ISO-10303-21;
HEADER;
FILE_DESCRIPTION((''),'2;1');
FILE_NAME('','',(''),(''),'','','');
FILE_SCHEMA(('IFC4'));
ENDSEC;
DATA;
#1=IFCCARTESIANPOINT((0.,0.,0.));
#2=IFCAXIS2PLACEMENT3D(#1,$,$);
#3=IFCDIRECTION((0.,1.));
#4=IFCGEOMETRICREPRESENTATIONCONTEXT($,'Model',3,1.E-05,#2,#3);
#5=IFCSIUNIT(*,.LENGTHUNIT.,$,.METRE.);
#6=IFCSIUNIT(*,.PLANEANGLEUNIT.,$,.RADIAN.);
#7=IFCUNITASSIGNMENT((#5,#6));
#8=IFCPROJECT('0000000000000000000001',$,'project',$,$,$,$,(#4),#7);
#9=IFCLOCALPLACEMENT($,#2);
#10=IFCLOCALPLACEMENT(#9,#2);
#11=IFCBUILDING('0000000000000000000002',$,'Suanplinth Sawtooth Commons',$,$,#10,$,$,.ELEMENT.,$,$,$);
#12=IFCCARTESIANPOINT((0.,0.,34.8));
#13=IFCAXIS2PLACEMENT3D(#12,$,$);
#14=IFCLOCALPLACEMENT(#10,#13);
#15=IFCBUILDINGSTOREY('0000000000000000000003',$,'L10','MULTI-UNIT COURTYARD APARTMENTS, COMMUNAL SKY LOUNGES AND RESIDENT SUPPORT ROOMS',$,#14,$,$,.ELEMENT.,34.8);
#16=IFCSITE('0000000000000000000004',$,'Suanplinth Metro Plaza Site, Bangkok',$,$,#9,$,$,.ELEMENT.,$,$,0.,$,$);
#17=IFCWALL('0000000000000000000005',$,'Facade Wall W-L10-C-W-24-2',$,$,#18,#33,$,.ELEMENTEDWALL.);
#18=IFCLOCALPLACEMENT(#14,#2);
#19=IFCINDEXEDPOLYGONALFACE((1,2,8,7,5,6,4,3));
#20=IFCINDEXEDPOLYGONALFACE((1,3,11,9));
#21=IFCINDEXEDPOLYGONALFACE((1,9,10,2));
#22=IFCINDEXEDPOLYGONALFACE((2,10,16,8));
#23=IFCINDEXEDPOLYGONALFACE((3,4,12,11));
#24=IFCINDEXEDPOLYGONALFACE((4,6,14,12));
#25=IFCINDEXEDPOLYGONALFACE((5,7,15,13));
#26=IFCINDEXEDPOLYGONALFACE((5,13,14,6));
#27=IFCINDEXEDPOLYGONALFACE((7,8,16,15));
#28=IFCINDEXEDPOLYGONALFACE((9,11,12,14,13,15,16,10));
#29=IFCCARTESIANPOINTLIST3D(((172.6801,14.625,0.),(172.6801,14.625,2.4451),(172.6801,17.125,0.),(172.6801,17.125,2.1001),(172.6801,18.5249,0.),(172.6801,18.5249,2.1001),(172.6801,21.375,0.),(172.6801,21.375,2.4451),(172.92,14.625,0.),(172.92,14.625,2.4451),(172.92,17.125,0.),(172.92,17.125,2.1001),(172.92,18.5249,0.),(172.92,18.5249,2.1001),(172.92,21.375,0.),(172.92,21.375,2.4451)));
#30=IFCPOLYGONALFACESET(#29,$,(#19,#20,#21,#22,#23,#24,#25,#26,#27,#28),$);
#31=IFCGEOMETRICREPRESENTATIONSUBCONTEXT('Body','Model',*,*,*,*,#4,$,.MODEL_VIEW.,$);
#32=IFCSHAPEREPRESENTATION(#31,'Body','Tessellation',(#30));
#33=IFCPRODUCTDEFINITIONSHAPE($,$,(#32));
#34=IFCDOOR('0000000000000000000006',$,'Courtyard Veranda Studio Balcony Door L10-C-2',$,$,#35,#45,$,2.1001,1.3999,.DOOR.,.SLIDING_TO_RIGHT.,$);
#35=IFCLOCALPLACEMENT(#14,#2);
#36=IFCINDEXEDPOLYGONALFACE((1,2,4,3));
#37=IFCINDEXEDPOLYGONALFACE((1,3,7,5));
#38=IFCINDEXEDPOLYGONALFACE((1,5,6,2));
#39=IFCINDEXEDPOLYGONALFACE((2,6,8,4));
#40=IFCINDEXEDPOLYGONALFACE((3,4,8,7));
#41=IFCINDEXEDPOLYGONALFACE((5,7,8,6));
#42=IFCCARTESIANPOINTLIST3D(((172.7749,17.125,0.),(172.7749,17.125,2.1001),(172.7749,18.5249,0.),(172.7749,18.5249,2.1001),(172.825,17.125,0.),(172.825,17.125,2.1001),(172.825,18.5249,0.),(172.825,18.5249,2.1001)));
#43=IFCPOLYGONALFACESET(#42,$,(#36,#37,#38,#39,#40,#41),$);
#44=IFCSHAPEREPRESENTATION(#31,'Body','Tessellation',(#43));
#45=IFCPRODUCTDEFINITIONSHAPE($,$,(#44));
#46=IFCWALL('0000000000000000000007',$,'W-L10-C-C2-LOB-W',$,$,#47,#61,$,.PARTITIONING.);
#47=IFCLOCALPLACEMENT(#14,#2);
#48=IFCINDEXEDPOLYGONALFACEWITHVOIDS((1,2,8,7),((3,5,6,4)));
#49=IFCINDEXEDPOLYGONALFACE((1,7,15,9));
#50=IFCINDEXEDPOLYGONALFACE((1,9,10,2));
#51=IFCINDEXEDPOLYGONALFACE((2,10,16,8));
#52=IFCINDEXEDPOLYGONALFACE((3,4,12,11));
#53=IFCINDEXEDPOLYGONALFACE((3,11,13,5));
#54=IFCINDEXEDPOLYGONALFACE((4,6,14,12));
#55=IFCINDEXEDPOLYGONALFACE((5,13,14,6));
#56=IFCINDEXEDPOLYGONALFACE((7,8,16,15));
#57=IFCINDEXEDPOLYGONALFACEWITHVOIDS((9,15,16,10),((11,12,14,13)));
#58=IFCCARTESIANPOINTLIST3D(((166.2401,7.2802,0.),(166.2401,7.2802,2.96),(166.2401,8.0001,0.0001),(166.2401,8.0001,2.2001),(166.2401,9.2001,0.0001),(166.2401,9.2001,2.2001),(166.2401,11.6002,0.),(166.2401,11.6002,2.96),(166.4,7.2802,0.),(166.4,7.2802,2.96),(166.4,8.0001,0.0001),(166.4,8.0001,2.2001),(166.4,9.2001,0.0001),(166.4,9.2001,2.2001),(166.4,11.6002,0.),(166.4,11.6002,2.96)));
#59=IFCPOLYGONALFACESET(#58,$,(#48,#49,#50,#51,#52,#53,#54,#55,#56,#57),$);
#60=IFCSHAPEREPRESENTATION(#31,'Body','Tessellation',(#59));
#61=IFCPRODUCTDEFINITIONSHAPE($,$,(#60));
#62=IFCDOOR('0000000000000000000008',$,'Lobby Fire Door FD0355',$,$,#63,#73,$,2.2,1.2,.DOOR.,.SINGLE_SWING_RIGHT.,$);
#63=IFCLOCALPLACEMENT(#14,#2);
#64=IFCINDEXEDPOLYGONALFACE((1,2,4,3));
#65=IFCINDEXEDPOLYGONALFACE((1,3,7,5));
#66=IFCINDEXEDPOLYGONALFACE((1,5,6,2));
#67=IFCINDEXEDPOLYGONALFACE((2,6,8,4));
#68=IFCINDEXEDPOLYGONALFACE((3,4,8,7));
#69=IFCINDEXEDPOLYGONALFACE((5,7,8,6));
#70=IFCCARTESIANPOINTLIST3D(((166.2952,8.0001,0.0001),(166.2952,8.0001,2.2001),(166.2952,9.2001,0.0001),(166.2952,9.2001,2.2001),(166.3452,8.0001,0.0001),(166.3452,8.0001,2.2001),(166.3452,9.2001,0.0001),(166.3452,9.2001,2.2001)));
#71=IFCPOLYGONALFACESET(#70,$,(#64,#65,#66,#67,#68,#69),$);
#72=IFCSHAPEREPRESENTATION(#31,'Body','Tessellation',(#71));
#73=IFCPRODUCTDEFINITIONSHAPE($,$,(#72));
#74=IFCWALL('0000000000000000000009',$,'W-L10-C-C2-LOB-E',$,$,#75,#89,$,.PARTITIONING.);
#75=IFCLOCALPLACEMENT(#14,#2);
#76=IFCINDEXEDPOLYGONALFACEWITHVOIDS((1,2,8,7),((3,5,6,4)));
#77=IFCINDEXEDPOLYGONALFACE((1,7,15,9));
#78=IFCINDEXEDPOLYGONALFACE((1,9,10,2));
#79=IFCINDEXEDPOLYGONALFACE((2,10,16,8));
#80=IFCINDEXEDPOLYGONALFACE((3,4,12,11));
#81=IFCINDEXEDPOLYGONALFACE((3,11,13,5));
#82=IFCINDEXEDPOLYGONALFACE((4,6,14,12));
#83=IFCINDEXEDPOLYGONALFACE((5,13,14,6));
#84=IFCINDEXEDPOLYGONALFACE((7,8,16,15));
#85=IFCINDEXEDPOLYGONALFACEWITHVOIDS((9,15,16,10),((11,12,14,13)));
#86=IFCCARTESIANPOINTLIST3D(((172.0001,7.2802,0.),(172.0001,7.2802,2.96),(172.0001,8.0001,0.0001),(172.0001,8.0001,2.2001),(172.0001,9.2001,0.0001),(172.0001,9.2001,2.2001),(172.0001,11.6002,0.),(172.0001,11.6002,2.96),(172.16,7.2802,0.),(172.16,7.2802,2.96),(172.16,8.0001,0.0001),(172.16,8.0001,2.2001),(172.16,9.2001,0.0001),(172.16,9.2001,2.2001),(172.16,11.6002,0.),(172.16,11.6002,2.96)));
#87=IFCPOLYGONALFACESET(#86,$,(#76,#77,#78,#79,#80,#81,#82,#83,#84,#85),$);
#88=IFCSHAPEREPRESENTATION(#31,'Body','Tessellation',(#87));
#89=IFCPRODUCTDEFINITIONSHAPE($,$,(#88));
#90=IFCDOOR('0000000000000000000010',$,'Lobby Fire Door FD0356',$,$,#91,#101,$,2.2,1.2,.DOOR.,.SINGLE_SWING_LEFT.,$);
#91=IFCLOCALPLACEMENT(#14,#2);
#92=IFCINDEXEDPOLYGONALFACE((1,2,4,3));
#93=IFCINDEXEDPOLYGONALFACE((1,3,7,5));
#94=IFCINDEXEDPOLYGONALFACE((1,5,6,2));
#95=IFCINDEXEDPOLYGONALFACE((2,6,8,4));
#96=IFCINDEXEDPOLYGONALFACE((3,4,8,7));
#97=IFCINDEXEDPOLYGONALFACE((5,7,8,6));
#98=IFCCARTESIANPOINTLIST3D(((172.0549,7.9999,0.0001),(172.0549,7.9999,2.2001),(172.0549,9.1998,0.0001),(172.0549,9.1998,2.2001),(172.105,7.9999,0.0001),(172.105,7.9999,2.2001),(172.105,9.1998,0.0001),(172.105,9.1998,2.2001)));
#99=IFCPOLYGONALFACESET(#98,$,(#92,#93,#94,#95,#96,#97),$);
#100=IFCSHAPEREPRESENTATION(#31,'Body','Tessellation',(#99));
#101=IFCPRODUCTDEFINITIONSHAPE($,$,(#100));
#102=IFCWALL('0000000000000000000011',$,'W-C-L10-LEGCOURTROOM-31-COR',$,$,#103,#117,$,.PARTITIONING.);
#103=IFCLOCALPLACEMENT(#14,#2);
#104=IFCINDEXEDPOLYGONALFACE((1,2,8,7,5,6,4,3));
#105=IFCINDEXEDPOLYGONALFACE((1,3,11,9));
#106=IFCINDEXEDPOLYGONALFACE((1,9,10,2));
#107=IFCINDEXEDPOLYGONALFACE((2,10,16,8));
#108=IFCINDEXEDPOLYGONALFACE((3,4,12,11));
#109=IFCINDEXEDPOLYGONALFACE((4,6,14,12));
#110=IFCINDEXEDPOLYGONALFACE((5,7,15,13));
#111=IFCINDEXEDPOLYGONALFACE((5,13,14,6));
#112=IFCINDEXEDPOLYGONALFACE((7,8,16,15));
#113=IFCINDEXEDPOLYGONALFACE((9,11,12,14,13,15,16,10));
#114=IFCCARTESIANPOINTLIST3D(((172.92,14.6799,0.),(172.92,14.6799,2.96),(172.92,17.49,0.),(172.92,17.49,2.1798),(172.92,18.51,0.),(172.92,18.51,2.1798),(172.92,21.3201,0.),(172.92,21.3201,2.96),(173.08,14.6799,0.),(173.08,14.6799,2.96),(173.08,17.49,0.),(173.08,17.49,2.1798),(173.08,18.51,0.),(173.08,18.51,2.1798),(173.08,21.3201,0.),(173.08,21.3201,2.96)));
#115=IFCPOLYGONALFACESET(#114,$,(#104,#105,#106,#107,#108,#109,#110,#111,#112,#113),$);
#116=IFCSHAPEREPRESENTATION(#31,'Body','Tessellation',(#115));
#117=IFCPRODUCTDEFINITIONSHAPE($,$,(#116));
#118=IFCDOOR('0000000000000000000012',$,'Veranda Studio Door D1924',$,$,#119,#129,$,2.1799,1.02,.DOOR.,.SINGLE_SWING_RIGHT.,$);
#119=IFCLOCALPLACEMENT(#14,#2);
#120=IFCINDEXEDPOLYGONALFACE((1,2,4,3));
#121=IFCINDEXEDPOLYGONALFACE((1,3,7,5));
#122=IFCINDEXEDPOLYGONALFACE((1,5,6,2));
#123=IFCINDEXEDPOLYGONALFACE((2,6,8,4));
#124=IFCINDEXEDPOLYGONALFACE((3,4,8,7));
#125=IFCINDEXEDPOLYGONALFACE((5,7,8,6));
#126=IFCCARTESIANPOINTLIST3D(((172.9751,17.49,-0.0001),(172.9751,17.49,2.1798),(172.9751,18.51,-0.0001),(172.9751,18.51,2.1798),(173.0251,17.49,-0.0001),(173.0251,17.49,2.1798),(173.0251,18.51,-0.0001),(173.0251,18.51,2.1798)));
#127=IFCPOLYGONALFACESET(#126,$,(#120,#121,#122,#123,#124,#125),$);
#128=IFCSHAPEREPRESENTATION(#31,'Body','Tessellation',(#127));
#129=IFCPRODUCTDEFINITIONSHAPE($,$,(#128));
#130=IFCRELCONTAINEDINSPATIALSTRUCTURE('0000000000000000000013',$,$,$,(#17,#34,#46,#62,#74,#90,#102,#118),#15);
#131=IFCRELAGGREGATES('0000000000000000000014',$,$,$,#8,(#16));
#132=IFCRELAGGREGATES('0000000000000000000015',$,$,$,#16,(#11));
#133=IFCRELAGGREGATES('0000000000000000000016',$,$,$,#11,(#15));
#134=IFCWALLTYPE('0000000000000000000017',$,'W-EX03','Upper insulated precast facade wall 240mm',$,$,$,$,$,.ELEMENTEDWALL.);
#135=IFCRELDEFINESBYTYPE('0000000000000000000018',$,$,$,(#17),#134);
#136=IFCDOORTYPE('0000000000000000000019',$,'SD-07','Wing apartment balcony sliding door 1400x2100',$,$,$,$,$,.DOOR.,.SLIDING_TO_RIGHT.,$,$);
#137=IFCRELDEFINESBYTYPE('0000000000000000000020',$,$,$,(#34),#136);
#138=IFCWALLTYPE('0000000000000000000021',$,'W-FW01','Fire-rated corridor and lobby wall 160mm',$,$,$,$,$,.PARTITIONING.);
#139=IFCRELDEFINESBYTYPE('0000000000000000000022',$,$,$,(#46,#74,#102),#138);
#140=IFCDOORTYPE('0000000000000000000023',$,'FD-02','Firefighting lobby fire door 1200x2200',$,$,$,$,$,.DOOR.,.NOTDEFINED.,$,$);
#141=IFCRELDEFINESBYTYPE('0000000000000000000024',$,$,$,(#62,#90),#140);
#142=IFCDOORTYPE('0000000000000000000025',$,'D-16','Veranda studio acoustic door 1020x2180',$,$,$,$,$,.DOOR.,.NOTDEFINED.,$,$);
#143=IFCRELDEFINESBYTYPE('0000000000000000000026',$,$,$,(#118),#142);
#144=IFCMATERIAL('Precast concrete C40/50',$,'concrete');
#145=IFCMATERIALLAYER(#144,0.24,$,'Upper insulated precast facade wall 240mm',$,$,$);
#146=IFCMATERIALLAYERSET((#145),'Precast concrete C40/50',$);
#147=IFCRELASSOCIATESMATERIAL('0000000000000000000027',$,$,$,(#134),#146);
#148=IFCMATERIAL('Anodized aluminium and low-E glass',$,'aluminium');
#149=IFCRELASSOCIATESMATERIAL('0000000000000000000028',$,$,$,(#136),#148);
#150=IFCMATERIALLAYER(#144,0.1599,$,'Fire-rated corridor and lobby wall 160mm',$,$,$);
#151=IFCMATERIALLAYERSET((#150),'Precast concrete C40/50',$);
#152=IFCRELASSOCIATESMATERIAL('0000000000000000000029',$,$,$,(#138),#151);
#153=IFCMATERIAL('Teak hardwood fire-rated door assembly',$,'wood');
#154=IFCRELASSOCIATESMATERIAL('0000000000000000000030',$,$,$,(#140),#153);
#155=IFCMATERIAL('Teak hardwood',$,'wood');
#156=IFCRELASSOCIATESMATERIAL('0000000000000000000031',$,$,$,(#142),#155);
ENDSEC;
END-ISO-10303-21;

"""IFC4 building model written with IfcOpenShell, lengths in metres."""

from ifc_helpers import new_model, si_unit, direction, frame, frame_2d, origin, place, context, subcontext, project, spatial, rectangle, extrude, material, layer, layer_set, type_object, element, fill, save


model = new_model("IFC4")

# Units and contexts
model_context = context("Model", 3, precision=1e-05, world=origin(), true_north=direction((0.0, 1.0)))
body_context = subcontext(model_context, "Body", "Model", "MODEL_VIEW")
ifc_project = project(units=[si_unit("LENGTHUNIT", "METRE"), si_unit("PLANEANGLEUNIT", "RADIAN")], contexts=[model_context])

# Site, building, storey
site_placement = place(None, origin())
site = spatial("IfcSite", under=ifc_project, at=site_placement, Name="Suanplinth Metro Plaza Site, Bangkok", CompositionType="ELEMENT", RefElevation=0.0)
building_placement = place(site_placement, origin())
building = spatial("IfcBuilding", under=site, at=building_placement, Name="Suanplinth Sawtooth Commons", CompositionType="ELEMENT")
storey_placement = place(building_placement, frame((0.0, 0.0, 34.8)))
storey = spatial("IfcBuildingStorey", under=building, at=storey_placement, Name="L10", Description="MULTI-UNIT COURTYARD APARTMENTS, COMMUNAL SKY LOUNGES AND RESIDENT SUPPORT ROOMS", CompositionType="ELEMENT", Elevation=34.8)

# Shared definitions
ifc_material_1 = material(Name="Precast concrete C40/50", Category="concrete")

# Shared definitions
ifc_layer_1 = layer(ifc_material_1, 0.24, Name="Upper insulated precast facade wall 240mm")
ifc_layer_set_1 = layer_set([ifc_layer_1], Name="Precast concrete C40/50")
wall_type_1 = type_object("IfcWallType", Name="W-EX03", Description="Upper insulated precast facade wall 240mm", PredefinedType="ELEMENTEDWALL", material=ifc_layer_set_1)

# Walls, openings, doors
wall_1_placement = place(storey_placement, frame((172.8, 14.625, 0.0), z_axis=(0.0, 0.0, 1.0), x_axis=(0.0, 1.0, 0.0)))
wall_1 = element("IfcWall", 1, at=wall_1_placement, inside=storey, type_object=wall_type_1, Name="Facade Wall W-L10-C-W-24-2", PredefinedType="ELEMENTEDWALL", context=body_context, shape_type="SweptSolid", body=[
    extrude(rectangle(XDim=6.75, YDim=0.24, at=frame_2d((3.375, 0.0))), origin(), (0.0, 0.0, 1.0), 2.4451),
])
opening_1_placement = place(wall_1_placement, frame((2.5, 0.0, 0.0)))
opening_1 = element("IfcOpeningElement", 2, at=opening_1_placement, cuts=wall_1, PredefinedType="OPENING", context=body_context, shape_type="SweptSolid", body=[
    extrude(rectangle(XDim=1.3999, YDim=2.1001, at=frame_2d((0.7, 1.05))), frame((0.0, 0.1348, 0.0), z_axis=(0.0, -1.0, 0.0), x_axis=(1.0, 0.0, 0.0)), (0.0, 0.0, 1.0), 0.2698),
])
ifc_material_2 = material(Name="Anodized aluminium and low-E glass", Category="aluminium")
door_type_1 = type_object("IfcDoorType", Name="SD-07", Description="Wing apartment balcony sliding door 1400x2100", OperationType="SLIDING_TO_RIGHT", PredefinedType="DOOR", material=ifc_material_2)
door_1_placement = place(opening_1_placement, frame((1.3999, 0.0, 0.0), z_axis=(0.0, 0.0, 1.0), x_axis=(-1.0, 0.0, 0.0)))
door_1 = element("IfcDoor", 3, at=door_1_placement, inside=storey, type_object=door_type_1, Name="Courtyard Veranda Studio Balcony Door L10-C-2", OperationType="SLIDING_TO_RIGHT", OverallHeight=2.1001, OverallWidth=1.3999, PredefinedType="DOOR", context=body_context, shape_type="SweptSolid", body=[
    extrude(rectangle(XDim=1.3999, YDim=2.1001, at=frame_2d((0.7, 1.05))), frame((0.0, 0.0249, 0.0), z_axis=(0.0, -1.0, 0.0), x_axis=(1.0, 0.0, 0.0)), (0.0, 0.0, 1.0), 0.05),
])
fill(opening_1, door_1)
ifc_layer_2 = layer(ifc_material_1, 0.1599, Name="Fire-rated corridor and lobby wall 160mm")
ifc_layer_set_2 = layer_set([ifc_layer_2], Name="Precast concrete C40/50")
wall_type_2 = type_object("IfcWallType", Name="W-FW01", Description="Fire-rated corridor and lobby wall 160mm", PredefinedType="PARTITIONING", material=ifc_layer_set_2)
wall_2_placement = place(storey_placement, frame((166.3201, 7.28, 0.0), z_axis=(0.0, 0.0, 1.0), x_axis=(0.0, 1.0, 0.0)))
wall_2 = element("IfcWall", 4, at=wall_2_placement, inside=storey, type_object=wall_type_2, Name="W-L10-C-C2-LOB-W", PredefinedType="PARTITIONING", context=body_context, shape_type="SweptSolid", body=[
    extrude(rectangle(XDim=4.3201, YDim=0.1599, at=frame_2d((2.1602, 0.0))), origin(), (0.0, 0.0, 1.0), 2.96),
])
opening_2_placement = place(wall_2_placement, frame((0.72, 0.0, 0.0)))
opening_2 = element("IfcOpeningElement", 5, at=opening_2_placement, cuts=wall_2, PredefinedType="OPENING", context=body_context, shape_type="SweptSolid", body=[
    extrude(rectangle(XDim=1.2, YDim=2.2, at=frame_2d((0.6001, 1.1001))), frame((0.0, 0.0947, 0.0), z_axis=(0.0, -1.0, 0.0), x_axis=(1.0, 0.0, 0.0)), (0.0, 0.0, 1.0), 0.1897),
])
ifc_material_3 = material(Name="Teak hardwood fire-rated door assembly", Category="wood")
door_type_2 = type_object("IfcDoorType", Name="FD-02", Description="Firefighting lobby fire door 1200x2200", OperationType="NOTDEFINED", PredefinedType="DOOR", material=ifc_material_3)
door_2_placement = place(opening_2_placement, origin())
door_2 = element("IfcDoor", 6, at=door_2_placement, inside=storey, type_object=door_type_2, Name="Lobby Fire Door FD0355", OperationType="SINGLE_SWING_RIGHT", OverallHeight=2.2, OverallWidth=1.2, PredefinedType="DOOR", context=body_context, shape_type="SweptSolid", body=[
    extrude(rectangle(XDim=1.2, YDim=2.2, at=frame_2d((0.6001, 1.1001))), frame((0.0, 0.0249, 0.0), z_axis=(0.0, -1.0, 0.0), x_axis=(1.0, 0.0, 0.0)), (0.0, 0.0, 1.0), 0.05),
])
fill(opening_2, door_2)
wall_3_placement = place(storey_placement, frame((172.0801, 7.28, 0.0), z_axis=(0.0, 0.0, 1.0), x_axis=(0.0, 1.0, 0.0)))
wall_3 = element("IfcWall", 7, at=wall_3_placement, inside=storey, type_object=wall_type_2, Name="W-L10-C-C2-LOB-E", PredefinedType="PARTITIONING", context=body_context, shape_type="SweptSolid", body=[
    extrude(rectangle(XDim=4.3201, YDim=0.1599, at=frame_2d((2.1602, 0.0))), origin(), (0.0, 0.0, 1.0), 2.96),
])
opening_3_placement = place(wall_3_placement, frame((0.72, 0.0, 0.0)))
opening_3 = element("IfcOpeningElement", 8, at=opening_3_placement, cuts=wall_3, PredefinedType="OPENING", context=body_context, shape_type="SweptSolid", body=[
    extrude(rectangle(XDim=1.2, YDim=2.2, at=frame_2d((0.6001, 1.1001))), frame((0.0, 0.0947, 0.0), z_axis=(0.0, -1.0, 0.0), x_axis=(1.0, 0.0, 0.0)), (0.0, 0.0, 1.0), 0.1897),
])
door_3_placement = place(opening_3_placement, frame((1.2, 0.0, 0.0), z_axis=(0.0, 0.0, 1.0), x_axis=(-1.0, 0.0, 0.0)))
door_3 = element("IfcDoor", 9, at=door_3_placement, inside=storey, type_object=door_type_2, Name="Lobby Fire Door FD0356", OperationType="SINGLE_SWING_LEFT", OverallHeight=2.2, OverallWidth=1.2, PredefinedType="DOOR", context=body_context, shape_type="SweptSolid", body=[
    extrude(rectangle(XDim=1.2, YDim=2.2, at=frame_2d((0.6001, 1.1001))), frame((0.0, 0.0249, 0.0), z_axis=(0.0, -1.0, 0.0), x_axis=(1.0, 0.0, 0.0)), (0.0, 0.0, 1.0), 0.05),
])
fill(opening_3, door_3)
wall_4_placement = place(storey_placement, frame((173.0, 14.6799, 0.0), z_axis=(0.0, 0.0, 1.0), x_axis=(0.0, 1.0, 0.0)))
wall_4 = element("IfcWall", 10, at=wall_4_placement, inside=storey, type_object=wall_type_2, Name="W-C-L10-LEGCOURTROOM-31-COR", PredefinedType="PARTITIONING", context=body_context, shape_type="SweptSolid", body=[
    extrude(rectangle(XDim=6.6401, YDim=0.1599, at=frame_2d((3.3201, 0.0))), origin(), (0.0, 0.0, 1.0), 2.96),
])
opening_4_placement = place(wall_4_placement, frame((2.8101, 0.0, 0.0)))
opening_4 = element("IfcOpeningElement", 11, at=opening_4_placement, cuts=wall_4, PredefinedType="OPENING", context=body_context, shape_type="SweptSolid", body=[
    extrude(rectangle(XDim=1.02, YDim=2.1799, at=frame_2d((0.51, 1.0898))), frame((0.0, 0.0947, 0.0), z_axis=(0.0, -1.0, 0.0), x_axis=(1.0, 0.0, 0.0)), (0.0, 0.0, 1.0), 0.1897),
])
ifc_material_4 = material(Name="Teak hardwood", Category="wood")
door_type_3 = type_object("IfcDoorType", Name="D-16", Description="Veranda studio acoustic door 1020x2180", OperationType="NOTDEFINED", PredefinedType="DOOR", material=ifc_material_4)
door_4_placement = place(opening_4_placement, origin())
door_4 = element("IfcDoor", 12, at=door_4_placement, inside=storey, type_object=door_type_3, Name="Veranda Studio Door D1924", OperationType="SINGLE_SWING_RIGHT", OverallHeight=2.1799, OverallWidth=1.02, PredefinedType="DOOR", context=body_context, shape_type="SweptSolid", body=[
    extrude(rectangle(XDim=1.02, YDim=2.1799, at=frame_2d((0.51, 1.0898))), frame((0.0, 0.0249, 0.0), z_axis=(0.0, -1.0, 0.0), x_axis=(1.0, 0.0, 0.0)), (0.0, 0.0, 1.0), 0.05),
])
fill(opening_4, door_4)

save(model, "model.ifc")
